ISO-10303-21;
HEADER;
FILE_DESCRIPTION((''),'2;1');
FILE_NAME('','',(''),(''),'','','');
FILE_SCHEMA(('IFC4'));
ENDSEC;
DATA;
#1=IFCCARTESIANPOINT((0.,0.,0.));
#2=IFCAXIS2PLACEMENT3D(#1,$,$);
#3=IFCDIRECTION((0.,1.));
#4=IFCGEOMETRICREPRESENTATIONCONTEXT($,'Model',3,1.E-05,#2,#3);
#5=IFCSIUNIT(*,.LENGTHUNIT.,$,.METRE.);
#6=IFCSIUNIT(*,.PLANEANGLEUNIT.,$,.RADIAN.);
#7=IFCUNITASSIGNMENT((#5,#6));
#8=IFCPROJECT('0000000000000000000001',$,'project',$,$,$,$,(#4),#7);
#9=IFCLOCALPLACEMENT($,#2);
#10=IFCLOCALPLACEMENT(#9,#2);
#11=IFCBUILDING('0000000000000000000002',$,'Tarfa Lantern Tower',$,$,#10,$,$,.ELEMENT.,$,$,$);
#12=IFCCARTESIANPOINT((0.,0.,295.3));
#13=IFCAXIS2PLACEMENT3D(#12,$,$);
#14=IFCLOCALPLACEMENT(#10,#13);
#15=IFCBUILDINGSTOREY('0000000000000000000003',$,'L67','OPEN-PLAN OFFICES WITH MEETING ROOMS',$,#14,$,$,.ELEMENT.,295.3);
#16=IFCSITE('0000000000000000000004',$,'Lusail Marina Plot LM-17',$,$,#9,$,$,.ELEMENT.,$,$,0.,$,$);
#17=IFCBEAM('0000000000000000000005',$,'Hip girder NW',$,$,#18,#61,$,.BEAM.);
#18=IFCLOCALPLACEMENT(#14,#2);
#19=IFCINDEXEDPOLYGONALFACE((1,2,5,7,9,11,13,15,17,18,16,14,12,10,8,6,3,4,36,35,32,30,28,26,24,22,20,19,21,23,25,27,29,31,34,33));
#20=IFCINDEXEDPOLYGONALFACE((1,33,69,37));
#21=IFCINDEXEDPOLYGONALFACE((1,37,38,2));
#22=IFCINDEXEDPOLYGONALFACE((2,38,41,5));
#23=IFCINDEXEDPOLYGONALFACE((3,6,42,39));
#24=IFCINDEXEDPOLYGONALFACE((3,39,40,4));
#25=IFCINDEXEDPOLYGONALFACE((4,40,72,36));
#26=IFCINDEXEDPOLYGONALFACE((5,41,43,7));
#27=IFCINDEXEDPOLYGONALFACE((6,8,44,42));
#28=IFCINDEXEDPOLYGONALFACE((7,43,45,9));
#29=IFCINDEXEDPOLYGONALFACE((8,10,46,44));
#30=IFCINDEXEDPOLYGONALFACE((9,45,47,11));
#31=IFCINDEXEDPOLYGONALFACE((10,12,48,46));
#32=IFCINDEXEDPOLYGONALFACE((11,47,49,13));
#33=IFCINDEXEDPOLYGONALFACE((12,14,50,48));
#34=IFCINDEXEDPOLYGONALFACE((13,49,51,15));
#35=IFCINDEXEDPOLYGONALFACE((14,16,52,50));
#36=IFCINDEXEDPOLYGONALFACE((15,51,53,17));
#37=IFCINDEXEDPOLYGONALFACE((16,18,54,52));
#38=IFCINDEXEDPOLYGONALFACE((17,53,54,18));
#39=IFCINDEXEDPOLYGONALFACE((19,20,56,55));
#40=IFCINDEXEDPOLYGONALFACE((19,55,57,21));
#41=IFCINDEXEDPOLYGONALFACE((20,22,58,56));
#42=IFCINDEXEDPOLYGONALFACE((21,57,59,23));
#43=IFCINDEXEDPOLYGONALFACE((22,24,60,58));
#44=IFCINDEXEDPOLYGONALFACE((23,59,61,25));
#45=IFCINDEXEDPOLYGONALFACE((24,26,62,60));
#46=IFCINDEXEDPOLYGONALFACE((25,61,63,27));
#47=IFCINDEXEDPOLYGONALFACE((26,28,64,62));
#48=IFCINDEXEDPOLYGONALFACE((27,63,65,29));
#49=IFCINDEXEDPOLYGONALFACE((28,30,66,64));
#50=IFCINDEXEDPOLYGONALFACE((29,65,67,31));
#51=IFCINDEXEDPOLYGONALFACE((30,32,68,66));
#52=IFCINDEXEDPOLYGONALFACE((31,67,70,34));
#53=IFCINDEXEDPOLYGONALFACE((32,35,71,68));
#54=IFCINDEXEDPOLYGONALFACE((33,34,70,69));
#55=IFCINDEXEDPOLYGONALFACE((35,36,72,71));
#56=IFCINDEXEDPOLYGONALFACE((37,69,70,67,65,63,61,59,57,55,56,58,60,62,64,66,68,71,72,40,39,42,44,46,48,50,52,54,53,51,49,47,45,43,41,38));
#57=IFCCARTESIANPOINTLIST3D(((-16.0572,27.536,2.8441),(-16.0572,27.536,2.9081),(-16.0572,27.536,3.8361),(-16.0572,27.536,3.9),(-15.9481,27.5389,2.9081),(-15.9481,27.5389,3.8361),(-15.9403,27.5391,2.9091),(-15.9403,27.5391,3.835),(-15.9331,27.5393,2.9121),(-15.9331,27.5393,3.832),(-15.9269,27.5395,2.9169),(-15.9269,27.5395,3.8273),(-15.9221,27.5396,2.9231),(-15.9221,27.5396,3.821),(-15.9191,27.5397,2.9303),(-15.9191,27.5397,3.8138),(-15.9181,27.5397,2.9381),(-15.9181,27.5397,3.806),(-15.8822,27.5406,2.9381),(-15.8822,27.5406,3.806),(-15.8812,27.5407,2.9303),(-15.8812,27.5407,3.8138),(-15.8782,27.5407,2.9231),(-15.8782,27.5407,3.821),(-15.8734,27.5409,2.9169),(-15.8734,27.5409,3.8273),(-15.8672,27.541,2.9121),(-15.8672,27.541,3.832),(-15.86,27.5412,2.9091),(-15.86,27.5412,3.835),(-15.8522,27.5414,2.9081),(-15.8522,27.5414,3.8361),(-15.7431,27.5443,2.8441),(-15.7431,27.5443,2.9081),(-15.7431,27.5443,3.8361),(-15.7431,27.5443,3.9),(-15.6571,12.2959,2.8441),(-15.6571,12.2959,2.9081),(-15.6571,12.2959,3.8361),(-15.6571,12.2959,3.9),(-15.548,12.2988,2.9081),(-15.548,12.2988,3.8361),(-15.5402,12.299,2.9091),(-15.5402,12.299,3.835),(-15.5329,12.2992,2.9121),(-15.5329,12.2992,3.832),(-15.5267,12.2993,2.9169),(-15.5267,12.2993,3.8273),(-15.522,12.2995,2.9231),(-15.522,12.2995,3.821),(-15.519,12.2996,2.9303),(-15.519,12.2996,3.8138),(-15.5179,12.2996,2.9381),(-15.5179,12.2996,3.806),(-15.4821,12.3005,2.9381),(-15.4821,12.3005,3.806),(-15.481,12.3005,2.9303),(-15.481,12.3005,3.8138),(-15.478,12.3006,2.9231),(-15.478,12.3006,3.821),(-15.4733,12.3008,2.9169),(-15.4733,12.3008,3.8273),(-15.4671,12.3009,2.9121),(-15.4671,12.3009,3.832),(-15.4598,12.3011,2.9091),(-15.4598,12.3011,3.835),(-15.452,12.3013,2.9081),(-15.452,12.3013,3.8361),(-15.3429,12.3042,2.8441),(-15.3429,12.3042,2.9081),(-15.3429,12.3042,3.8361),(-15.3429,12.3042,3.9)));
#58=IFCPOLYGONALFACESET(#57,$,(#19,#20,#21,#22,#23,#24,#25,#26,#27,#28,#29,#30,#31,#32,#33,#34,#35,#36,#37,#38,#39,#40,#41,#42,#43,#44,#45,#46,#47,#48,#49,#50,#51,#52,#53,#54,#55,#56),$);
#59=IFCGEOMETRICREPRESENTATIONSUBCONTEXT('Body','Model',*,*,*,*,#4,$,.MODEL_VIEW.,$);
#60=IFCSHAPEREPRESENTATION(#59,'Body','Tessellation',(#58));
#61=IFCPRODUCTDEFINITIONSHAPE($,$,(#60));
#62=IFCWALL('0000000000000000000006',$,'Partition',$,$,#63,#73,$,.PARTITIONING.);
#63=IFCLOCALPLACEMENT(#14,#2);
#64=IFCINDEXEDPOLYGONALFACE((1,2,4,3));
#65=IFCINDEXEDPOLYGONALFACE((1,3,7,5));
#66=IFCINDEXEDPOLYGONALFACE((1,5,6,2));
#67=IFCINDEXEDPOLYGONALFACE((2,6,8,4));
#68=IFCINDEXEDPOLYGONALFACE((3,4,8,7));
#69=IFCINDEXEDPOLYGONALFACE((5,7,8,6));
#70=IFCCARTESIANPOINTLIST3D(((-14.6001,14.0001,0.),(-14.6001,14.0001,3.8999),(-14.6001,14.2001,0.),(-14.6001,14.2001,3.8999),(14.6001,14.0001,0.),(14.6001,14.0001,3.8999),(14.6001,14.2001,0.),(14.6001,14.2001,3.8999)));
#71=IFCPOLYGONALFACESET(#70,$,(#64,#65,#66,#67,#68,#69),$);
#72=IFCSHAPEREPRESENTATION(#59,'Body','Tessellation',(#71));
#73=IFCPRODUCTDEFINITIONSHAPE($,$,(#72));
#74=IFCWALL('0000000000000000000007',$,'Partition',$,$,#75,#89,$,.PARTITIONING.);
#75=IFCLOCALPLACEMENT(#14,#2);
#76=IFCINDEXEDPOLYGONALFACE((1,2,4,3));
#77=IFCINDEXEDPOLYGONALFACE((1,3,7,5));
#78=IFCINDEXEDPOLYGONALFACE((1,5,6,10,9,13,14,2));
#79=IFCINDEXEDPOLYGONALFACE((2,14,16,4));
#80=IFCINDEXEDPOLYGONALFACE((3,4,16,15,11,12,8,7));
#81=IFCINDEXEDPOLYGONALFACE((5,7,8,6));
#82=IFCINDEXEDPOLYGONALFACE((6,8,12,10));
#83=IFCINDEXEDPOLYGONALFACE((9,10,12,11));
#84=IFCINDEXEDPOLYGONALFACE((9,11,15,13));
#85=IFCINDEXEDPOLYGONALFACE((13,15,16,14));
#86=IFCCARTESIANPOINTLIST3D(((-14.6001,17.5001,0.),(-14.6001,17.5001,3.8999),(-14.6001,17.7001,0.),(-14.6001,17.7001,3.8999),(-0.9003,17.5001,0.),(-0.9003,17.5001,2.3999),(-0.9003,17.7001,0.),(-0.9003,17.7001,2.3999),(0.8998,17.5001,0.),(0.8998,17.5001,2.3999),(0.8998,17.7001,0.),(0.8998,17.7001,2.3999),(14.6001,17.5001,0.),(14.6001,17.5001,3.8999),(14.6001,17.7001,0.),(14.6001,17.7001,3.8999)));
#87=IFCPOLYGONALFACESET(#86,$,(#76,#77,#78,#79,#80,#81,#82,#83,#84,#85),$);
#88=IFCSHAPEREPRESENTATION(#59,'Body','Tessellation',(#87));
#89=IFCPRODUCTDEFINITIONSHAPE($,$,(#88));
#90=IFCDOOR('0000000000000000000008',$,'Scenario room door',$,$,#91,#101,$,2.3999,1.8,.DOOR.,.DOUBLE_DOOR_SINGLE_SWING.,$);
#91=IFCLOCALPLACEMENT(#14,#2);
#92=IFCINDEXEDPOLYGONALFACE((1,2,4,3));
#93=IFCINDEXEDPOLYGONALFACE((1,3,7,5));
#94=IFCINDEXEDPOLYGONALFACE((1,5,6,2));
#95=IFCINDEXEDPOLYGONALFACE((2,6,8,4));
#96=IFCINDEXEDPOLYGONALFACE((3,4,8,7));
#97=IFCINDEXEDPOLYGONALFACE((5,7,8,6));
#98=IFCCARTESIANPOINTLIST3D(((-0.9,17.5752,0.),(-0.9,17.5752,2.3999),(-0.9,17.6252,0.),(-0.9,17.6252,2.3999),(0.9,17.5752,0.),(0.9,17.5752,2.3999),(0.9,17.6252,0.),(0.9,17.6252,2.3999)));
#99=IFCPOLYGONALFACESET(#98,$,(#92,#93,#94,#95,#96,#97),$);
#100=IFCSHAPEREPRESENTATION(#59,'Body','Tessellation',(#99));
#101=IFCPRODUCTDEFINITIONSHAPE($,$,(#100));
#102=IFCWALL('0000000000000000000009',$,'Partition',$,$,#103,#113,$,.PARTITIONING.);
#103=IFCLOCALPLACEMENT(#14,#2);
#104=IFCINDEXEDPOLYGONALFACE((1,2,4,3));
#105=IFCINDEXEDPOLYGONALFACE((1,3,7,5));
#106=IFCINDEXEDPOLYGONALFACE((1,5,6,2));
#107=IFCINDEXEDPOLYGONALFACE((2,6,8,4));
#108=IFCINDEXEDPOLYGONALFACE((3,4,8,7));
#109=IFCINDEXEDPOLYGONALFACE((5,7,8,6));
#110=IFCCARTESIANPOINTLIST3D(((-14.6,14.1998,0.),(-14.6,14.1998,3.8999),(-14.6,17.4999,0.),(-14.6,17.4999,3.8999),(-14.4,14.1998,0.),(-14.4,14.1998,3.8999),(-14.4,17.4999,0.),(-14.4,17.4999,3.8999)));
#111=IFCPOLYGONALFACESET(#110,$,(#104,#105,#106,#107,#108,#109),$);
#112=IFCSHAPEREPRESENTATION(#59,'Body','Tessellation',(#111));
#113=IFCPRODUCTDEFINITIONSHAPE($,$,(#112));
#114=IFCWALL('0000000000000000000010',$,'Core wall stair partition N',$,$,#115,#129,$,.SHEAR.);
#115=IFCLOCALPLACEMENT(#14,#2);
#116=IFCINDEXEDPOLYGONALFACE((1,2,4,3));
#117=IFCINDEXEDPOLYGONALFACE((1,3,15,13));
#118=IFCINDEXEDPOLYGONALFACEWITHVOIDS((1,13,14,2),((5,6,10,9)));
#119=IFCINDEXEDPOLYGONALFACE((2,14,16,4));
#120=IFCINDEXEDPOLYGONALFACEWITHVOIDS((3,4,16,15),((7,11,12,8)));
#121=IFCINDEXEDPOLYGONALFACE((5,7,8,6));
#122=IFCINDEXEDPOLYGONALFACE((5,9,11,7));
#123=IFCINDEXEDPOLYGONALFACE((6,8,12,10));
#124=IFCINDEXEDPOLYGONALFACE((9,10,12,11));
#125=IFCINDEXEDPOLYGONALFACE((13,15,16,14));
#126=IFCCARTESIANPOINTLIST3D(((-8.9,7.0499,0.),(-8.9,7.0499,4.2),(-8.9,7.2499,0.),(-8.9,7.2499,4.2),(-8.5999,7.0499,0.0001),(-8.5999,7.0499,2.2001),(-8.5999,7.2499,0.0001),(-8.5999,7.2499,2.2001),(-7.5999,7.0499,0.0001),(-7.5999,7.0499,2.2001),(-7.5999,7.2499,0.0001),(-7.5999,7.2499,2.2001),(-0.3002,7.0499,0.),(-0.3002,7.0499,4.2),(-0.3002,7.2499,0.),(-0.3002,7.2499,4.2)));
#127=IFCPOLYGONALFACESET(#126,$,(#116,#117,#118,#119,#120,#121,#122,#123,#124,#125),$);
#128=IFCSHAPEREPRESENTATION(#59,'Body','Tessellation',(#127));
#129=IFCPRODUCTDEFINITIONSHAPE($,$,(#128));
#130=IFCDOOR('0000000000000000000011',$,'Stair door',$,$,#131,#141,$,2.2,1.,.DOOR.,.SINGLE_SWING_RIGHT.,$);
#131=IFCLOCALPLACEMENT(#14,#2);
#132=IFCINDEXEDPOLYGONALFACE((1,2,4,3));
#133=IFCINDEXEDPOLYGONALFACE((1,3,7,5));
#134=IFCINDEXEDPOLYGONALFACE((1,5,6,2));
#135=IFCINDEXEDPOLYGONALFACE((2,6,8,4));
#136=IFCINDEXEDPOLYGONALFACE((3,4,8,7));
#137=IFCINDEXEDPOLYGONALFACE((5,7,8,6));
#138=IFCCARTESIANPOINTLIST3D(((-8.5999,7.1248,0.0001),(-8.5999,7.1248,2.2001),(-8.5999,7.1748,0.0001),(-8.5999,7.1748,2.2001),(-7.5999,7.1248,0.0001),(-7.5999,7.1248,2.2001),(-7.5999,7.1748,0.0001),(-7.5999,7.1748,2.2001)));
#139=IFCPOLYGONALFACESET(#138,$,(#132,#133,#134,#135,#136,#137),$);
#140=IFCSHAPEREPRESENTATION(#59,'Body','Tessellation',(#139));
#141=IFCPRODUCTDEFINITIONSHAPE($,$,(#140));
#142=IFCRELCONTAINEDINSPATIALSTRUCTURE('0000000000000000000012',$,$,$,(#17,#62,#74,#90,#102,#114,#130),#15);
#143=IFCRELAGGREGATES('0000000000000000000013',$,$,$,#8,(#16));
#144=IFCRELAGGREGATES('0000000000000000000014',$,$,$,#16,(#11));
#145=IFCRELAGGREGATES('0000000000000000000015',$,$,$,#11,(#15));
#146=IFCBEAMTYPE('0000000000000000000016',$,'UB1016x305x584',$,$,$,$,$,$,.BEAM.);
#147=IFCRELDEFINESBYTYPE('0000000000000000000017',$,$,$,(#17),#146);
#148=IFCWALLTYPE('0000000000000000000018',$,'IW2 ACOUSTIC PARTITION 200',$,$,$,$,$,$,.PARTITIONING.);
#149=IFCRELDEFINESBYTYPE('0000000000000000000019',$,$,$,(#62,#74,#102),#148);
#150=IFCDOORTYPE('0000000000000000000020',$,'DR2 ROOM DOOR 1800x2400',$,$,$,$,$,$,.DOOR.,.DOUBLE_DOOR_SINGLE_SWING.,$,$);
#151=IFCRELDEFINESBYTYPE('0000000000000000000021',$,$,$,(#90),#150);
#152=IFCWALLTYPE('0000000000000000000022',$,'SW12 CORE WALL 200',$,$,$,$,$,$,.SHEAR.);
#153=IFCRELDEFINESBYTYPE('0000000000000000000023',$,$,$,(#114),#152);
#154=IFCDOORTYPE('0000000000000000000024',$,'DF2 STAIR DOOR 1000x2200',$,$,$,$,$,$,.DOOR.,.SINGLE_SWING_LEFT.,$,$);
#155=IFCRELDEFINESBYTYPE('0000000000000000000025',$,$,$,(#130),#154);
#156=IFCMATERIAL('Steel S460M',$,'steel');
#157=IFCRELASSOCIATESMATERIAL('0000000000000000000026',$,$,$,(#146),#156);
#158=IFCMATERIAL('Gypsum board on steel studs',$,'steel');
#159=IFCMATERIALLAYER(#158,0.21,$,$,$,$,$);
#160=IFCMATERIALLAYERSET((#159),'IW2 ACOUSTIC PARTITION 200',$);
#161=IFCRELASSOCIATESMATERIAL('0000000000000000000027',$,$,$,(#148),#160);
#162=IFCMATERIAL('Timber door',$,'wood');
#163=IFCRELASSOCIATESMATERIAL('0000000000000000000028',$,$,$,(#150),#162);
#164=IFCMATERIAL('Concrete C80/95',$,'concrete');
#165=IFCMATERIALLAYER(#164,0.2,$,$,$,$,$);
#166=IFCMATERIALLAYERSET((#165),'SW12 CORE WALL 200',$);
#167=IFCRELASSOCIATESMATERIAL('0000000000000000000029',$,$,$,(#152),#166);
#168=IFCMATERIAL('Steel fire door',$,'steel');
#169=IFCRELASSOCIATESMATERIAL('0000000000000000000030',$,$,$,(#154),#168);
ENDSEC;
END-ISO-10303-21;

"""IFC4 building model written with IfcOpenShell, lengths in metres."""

from ifc_helpers import new_model, si_unit, direction, frame, frame_2d, origin, origin_2d, place, context, subcontext, project, spatial, rectangle, i_section, extrude, material, layer, layer_set, material_profile, profile_set, type_object, element, fill, save


model = new_model("IFC4")

# Units and contexts
model_context = context("Model", 3, precision=1e-05, world=origin(), true_north=direction((0.0, 1.0)))
body_context = subcontext(model_context, "Body", "Model", "MODEL_VIEW")
ifc_project = project(units=[si_unit("LENGTHUNIT", "METRE"), si_unit("PLANEANGLEUNIT", "RADIAN")], contexts=[model_context])

# Site, building, storey
site_placement = place(None, origin())
site = spatial("IfcSite", under=ifc_project, at=site_placement, Name="Lusail Marina Plot LM-17", CompositionType="ELEMENT", RefElevation=0.0)
building_placement = place(site_placement, origin())
building = spatial("IfcBuilding", under=site, at=building_placement, Name="Tarfa Lantern Tower", CompositionType="ELEMENT")
storey_placement = place(building_placement, frame((0.0, 0.0, 295.3)))
storey = spatial("IfcBuildingStorey", under=building, at=storey_placement, Name="L67", Description="OPEN-PLAN OFFICES WITH MEETING ROOMS", CompositionType="ELEMENT", Elevation=295.3)

# Beam
ifc_material_1 = material(Name="Steel S460M", Category="steel")
ifc_material_profile = material_profile(ifc_material_1, i_section(OverallWidth=0.3142, OverallDepth=1.0559, WebThickness=0.0359, FlangeThickness=0.064, FilletRadius=0.03, at=origin_2d()), Name="UB1016x305x584")
ifc_profile_set = profile_set([ifc_material_profile], Name="Steel S460M")
beam_type = type_object("IfcBeamType", Name="UB1016x305x584", PredefinedType="BEAM", material=ifc_profile_set)
beam_placement = place(storey_placement, frame((-15.5, 12.3, 3.3721), z_axis=(-0.026247, 0.999655, 0.0), x_axis=(-0.999655, -0.026247, 0.0)))
element("IfcBeam", 1, at=beam_placement, inside=storey, type_object=beam_type, Name="Hip girder NW", PredefinedType="BEAM", context=body_context, shape_type="SweptSolid", body=[
    extrude(i_section(OverallWidth=0.3142, OverallDepth=1.0559, WebThickness=0.0359, FlangeThickness=0.064, FilletRadius=0.03, at=origin_2d()), origin(), (0.0, 0.0, 1.0), 15.2454),
])

# Wall
ifc_material_2 = material(Name="Gypsum board on steel studs", Category="steel")
ifc_layer_1 = layer(ifc_material_2, 0.21)
ifc_layer_set_1 = layer_set([ifc_layer_1], Name="IW2 ACOUSTIC PARTITION 200")
wall_type_1 = type_object("IfcWallType", Name="IW2 ACOUSTIC PARTITION 200", PredefinedType="PARTITIONING", material=ifc_layer_set_1)
wall_1_placement = place(storey_placement, frame((-14.6001, 14.1001, 0.0), z_axis=(0.0, 0.0, 1.0), x_axis=(1.0, 0.0, 0.0)))
element("IfcWall", 2, at=wall_1_placement, inside=storey, type_object=wall_type_1, Name="Partition", PredefinedType="PARTITIONING", context=body_context, shape_type="SweptSolid", body=[
    extrude(rectangle(XDim=29.2002, YDim=0.2, at=frame_2d((14.6001, 0.0))), origin(), (0.0, 0.0, 1.0), 3.8999),
])

# Wall, opening, door
wall_2_placement = place(storey_placement, frame((-14.6001, 17.6001, 0.0), z_axis=(0.0, 0.0, 1.0), x_axis=(1.0, 0.0, 0.0)))
wall_2 = element("IfcWall", 3, at=wall_2_placement, inside=storey, type_object=wall_type_1, Name="Partition", PredefinedType="PARTITIONING", context=body_context, shape_type="SweptSolid", body=[
    extrude(rectangle(XDim=29.2002, YDim=0.2, at=frame_2d((14.6001, 0.0))), origin(), (0.0, 0.0, 1.0), 3.8999),
])
opening_1_placement = place(wall_2_placement, frame((13.7, 0.0, 0.0)))
opening_1 = element("IfcOpeningElement", 4, at=opening_1_placement, cuts=wall_2, PredefinedType="OPENING", context=body_context, shape_type="SweptSolid", body=[
    extrude(rectangle(XDim=1.8, YDim=2.3999, at=frame_2d((0.8999, 1.2))), frame((0.0, 0.1099, 0.0), z_axis=(0.0, -1.0, 0.0), x_axis=(1.0, 0.0, 0.0)), (0.0, 0.0, 1.0), 0.22),
])
ifc_material_3 = material(Name="Timber door", Category="wood")
door_type_1 = type_object("IfcDoorType", Name="DR2 ROOM DOOR 1800x2400", OperationType="DOUBLE_DOOR_SINGLE_SWING", PredefinedType="DOOR", material=ifc_material_3)
door_1_placement = place(opening_1_placement, frame((1.8, 0.0, 0.0), z_axis=(0.0, 0.0, 1.0), x_axis=(-1.0, 0.0, 0.0)))
door_1 = element("IfcDoor", 5, at=door_1_placement, inside=storey, type_object=door_type_1, Name="Scenario room door", OperationType="DOUBLE_DOOR_SINGLE_SWING", OverallHeight=2.3999, OverallWidth=1.8, PredefinedType="DOOR", context=body_context, shape_type="SweptSolid", body=[
    extrude(rectangle(XDim=1.8, YDim=2.3999, at=frame_2d((0.8999, 1.2))), frame((0.0, 0.0249, 0.0), z_axis=(0.0, -1.0, 0.0), x_axis=(1.0, 0.0, 0.0)), (0.0, 0.0, 1.0), 0.05),
])
fill(opening_1, door_1)

# Wall
wall_3_placement = place(storey_placement, frame((-14.5, 14.2, 0.0), z_axis=(0.0, 0.0, 1.0), x_axis=(0.0, 1.0, 0.0)))
element("IfcWall", 6, at=wall_3_placement, inside=storey, type_object=wall_type_1, Name="Partition", PredefinedType="PARTITIONING", context=body_context, shape_type="SweptSolid", body=[
    extrude(rectangle(XDim=3.3, YDim=0.2, at=frame_2d((1.6499, 0.0))), origin(), (0.0, 0.0, 1.0), 3.8999),
])

# Wall, opening, door
ifc_material_4 = material(Name="Concrete C80/95", Category="concrete")
ifc_layer_2 = layer(ifc_material_4, 0.2)
ifc_layer_set_2 = layer_set([ifc_layer_2], Name="SW12 CORE WALL 200")
wall_type_2 = type_object("IfcWallType", Name="SW12 CORE WALL 200", PredefinedType="SHEAR", material=ifc_layer_set_2)
wall_4_placement = place(storey_placement, frame((-8.8999, 7.1499, 0.0), z_axis=(0.0, 0.0, 1.0), x_axis=(1.0, 0.0, 0.0)))
wall_4 = element("IfcWall", 7, at=wall_4_placement, inside=storey, type_object=wall_type_2, Name="Core wall stair partition N", PredefinedType="SHEAR", context=body_context, shape_type="SweptSolid", body=[
    extrude(rectangle(XDim=8.5999, YDim=0.2, at=frame_2d((4.2998, 0.0))), origin(), (0.0, 0.0, 1.0), 4.2),
])
opening_2_placement = place(wall_4_placement, frame((0.3, 0.0, 0.0)))
opening_2 = element("IfcOpeningElement", 8, at=opening_2_placement, cuts=wall_4, PredefinedType="OPENING", context=body_context, shape_type="SweptSolid", body=[
    extrude(rectangle(XDim=1.0, YDim=2.2, at=frame_2d((0.5, 1.1001))), frame((0.0, 0.1099, 0.0), z_axis=(0.0, -1.0, 0.0), x_axis=(1.0, 0.0, 0.0)), (0.0, 0.0, 1.0), 0.22),
])
ifc_material_5 = material(Name="Steel fire door", Category="steel")
door_type_2 = type_object("IfcDoorType", Name="DF2 STAIR DOOR 1000x2200", OperationType="SINGLE_SWING_LEFT", PredefinedType="DOOR", material=ifc_material_5)
door_2_placement = place(opening_2_placement, origin())
door_2 = element("IfcDoor", 9, at=door_2_placement, inside=storey, type_object=door_type_2, Name="Stair door", OperationType="SINGLE_SWING_RIGHT", OverallHeight=2.2, OverallWidth=1.0, PredefinedType="DOOR", context=body_context, shape_type="SweptSolid", body=[
    extrude(rectangle(XDim=1.0, YDim=2.2, at=frame_2d((0.5, 1.1001))), frame((0.0, 0.0249, 0.0), z_axis=(0.0, -1.0, 0.0), x_axis=(1.0, 0.0, 0.0)), (0.0, 0.0, 1.0), 0.05),
])
fill(opening_2, door_2)

save(model, "model.ifc")
